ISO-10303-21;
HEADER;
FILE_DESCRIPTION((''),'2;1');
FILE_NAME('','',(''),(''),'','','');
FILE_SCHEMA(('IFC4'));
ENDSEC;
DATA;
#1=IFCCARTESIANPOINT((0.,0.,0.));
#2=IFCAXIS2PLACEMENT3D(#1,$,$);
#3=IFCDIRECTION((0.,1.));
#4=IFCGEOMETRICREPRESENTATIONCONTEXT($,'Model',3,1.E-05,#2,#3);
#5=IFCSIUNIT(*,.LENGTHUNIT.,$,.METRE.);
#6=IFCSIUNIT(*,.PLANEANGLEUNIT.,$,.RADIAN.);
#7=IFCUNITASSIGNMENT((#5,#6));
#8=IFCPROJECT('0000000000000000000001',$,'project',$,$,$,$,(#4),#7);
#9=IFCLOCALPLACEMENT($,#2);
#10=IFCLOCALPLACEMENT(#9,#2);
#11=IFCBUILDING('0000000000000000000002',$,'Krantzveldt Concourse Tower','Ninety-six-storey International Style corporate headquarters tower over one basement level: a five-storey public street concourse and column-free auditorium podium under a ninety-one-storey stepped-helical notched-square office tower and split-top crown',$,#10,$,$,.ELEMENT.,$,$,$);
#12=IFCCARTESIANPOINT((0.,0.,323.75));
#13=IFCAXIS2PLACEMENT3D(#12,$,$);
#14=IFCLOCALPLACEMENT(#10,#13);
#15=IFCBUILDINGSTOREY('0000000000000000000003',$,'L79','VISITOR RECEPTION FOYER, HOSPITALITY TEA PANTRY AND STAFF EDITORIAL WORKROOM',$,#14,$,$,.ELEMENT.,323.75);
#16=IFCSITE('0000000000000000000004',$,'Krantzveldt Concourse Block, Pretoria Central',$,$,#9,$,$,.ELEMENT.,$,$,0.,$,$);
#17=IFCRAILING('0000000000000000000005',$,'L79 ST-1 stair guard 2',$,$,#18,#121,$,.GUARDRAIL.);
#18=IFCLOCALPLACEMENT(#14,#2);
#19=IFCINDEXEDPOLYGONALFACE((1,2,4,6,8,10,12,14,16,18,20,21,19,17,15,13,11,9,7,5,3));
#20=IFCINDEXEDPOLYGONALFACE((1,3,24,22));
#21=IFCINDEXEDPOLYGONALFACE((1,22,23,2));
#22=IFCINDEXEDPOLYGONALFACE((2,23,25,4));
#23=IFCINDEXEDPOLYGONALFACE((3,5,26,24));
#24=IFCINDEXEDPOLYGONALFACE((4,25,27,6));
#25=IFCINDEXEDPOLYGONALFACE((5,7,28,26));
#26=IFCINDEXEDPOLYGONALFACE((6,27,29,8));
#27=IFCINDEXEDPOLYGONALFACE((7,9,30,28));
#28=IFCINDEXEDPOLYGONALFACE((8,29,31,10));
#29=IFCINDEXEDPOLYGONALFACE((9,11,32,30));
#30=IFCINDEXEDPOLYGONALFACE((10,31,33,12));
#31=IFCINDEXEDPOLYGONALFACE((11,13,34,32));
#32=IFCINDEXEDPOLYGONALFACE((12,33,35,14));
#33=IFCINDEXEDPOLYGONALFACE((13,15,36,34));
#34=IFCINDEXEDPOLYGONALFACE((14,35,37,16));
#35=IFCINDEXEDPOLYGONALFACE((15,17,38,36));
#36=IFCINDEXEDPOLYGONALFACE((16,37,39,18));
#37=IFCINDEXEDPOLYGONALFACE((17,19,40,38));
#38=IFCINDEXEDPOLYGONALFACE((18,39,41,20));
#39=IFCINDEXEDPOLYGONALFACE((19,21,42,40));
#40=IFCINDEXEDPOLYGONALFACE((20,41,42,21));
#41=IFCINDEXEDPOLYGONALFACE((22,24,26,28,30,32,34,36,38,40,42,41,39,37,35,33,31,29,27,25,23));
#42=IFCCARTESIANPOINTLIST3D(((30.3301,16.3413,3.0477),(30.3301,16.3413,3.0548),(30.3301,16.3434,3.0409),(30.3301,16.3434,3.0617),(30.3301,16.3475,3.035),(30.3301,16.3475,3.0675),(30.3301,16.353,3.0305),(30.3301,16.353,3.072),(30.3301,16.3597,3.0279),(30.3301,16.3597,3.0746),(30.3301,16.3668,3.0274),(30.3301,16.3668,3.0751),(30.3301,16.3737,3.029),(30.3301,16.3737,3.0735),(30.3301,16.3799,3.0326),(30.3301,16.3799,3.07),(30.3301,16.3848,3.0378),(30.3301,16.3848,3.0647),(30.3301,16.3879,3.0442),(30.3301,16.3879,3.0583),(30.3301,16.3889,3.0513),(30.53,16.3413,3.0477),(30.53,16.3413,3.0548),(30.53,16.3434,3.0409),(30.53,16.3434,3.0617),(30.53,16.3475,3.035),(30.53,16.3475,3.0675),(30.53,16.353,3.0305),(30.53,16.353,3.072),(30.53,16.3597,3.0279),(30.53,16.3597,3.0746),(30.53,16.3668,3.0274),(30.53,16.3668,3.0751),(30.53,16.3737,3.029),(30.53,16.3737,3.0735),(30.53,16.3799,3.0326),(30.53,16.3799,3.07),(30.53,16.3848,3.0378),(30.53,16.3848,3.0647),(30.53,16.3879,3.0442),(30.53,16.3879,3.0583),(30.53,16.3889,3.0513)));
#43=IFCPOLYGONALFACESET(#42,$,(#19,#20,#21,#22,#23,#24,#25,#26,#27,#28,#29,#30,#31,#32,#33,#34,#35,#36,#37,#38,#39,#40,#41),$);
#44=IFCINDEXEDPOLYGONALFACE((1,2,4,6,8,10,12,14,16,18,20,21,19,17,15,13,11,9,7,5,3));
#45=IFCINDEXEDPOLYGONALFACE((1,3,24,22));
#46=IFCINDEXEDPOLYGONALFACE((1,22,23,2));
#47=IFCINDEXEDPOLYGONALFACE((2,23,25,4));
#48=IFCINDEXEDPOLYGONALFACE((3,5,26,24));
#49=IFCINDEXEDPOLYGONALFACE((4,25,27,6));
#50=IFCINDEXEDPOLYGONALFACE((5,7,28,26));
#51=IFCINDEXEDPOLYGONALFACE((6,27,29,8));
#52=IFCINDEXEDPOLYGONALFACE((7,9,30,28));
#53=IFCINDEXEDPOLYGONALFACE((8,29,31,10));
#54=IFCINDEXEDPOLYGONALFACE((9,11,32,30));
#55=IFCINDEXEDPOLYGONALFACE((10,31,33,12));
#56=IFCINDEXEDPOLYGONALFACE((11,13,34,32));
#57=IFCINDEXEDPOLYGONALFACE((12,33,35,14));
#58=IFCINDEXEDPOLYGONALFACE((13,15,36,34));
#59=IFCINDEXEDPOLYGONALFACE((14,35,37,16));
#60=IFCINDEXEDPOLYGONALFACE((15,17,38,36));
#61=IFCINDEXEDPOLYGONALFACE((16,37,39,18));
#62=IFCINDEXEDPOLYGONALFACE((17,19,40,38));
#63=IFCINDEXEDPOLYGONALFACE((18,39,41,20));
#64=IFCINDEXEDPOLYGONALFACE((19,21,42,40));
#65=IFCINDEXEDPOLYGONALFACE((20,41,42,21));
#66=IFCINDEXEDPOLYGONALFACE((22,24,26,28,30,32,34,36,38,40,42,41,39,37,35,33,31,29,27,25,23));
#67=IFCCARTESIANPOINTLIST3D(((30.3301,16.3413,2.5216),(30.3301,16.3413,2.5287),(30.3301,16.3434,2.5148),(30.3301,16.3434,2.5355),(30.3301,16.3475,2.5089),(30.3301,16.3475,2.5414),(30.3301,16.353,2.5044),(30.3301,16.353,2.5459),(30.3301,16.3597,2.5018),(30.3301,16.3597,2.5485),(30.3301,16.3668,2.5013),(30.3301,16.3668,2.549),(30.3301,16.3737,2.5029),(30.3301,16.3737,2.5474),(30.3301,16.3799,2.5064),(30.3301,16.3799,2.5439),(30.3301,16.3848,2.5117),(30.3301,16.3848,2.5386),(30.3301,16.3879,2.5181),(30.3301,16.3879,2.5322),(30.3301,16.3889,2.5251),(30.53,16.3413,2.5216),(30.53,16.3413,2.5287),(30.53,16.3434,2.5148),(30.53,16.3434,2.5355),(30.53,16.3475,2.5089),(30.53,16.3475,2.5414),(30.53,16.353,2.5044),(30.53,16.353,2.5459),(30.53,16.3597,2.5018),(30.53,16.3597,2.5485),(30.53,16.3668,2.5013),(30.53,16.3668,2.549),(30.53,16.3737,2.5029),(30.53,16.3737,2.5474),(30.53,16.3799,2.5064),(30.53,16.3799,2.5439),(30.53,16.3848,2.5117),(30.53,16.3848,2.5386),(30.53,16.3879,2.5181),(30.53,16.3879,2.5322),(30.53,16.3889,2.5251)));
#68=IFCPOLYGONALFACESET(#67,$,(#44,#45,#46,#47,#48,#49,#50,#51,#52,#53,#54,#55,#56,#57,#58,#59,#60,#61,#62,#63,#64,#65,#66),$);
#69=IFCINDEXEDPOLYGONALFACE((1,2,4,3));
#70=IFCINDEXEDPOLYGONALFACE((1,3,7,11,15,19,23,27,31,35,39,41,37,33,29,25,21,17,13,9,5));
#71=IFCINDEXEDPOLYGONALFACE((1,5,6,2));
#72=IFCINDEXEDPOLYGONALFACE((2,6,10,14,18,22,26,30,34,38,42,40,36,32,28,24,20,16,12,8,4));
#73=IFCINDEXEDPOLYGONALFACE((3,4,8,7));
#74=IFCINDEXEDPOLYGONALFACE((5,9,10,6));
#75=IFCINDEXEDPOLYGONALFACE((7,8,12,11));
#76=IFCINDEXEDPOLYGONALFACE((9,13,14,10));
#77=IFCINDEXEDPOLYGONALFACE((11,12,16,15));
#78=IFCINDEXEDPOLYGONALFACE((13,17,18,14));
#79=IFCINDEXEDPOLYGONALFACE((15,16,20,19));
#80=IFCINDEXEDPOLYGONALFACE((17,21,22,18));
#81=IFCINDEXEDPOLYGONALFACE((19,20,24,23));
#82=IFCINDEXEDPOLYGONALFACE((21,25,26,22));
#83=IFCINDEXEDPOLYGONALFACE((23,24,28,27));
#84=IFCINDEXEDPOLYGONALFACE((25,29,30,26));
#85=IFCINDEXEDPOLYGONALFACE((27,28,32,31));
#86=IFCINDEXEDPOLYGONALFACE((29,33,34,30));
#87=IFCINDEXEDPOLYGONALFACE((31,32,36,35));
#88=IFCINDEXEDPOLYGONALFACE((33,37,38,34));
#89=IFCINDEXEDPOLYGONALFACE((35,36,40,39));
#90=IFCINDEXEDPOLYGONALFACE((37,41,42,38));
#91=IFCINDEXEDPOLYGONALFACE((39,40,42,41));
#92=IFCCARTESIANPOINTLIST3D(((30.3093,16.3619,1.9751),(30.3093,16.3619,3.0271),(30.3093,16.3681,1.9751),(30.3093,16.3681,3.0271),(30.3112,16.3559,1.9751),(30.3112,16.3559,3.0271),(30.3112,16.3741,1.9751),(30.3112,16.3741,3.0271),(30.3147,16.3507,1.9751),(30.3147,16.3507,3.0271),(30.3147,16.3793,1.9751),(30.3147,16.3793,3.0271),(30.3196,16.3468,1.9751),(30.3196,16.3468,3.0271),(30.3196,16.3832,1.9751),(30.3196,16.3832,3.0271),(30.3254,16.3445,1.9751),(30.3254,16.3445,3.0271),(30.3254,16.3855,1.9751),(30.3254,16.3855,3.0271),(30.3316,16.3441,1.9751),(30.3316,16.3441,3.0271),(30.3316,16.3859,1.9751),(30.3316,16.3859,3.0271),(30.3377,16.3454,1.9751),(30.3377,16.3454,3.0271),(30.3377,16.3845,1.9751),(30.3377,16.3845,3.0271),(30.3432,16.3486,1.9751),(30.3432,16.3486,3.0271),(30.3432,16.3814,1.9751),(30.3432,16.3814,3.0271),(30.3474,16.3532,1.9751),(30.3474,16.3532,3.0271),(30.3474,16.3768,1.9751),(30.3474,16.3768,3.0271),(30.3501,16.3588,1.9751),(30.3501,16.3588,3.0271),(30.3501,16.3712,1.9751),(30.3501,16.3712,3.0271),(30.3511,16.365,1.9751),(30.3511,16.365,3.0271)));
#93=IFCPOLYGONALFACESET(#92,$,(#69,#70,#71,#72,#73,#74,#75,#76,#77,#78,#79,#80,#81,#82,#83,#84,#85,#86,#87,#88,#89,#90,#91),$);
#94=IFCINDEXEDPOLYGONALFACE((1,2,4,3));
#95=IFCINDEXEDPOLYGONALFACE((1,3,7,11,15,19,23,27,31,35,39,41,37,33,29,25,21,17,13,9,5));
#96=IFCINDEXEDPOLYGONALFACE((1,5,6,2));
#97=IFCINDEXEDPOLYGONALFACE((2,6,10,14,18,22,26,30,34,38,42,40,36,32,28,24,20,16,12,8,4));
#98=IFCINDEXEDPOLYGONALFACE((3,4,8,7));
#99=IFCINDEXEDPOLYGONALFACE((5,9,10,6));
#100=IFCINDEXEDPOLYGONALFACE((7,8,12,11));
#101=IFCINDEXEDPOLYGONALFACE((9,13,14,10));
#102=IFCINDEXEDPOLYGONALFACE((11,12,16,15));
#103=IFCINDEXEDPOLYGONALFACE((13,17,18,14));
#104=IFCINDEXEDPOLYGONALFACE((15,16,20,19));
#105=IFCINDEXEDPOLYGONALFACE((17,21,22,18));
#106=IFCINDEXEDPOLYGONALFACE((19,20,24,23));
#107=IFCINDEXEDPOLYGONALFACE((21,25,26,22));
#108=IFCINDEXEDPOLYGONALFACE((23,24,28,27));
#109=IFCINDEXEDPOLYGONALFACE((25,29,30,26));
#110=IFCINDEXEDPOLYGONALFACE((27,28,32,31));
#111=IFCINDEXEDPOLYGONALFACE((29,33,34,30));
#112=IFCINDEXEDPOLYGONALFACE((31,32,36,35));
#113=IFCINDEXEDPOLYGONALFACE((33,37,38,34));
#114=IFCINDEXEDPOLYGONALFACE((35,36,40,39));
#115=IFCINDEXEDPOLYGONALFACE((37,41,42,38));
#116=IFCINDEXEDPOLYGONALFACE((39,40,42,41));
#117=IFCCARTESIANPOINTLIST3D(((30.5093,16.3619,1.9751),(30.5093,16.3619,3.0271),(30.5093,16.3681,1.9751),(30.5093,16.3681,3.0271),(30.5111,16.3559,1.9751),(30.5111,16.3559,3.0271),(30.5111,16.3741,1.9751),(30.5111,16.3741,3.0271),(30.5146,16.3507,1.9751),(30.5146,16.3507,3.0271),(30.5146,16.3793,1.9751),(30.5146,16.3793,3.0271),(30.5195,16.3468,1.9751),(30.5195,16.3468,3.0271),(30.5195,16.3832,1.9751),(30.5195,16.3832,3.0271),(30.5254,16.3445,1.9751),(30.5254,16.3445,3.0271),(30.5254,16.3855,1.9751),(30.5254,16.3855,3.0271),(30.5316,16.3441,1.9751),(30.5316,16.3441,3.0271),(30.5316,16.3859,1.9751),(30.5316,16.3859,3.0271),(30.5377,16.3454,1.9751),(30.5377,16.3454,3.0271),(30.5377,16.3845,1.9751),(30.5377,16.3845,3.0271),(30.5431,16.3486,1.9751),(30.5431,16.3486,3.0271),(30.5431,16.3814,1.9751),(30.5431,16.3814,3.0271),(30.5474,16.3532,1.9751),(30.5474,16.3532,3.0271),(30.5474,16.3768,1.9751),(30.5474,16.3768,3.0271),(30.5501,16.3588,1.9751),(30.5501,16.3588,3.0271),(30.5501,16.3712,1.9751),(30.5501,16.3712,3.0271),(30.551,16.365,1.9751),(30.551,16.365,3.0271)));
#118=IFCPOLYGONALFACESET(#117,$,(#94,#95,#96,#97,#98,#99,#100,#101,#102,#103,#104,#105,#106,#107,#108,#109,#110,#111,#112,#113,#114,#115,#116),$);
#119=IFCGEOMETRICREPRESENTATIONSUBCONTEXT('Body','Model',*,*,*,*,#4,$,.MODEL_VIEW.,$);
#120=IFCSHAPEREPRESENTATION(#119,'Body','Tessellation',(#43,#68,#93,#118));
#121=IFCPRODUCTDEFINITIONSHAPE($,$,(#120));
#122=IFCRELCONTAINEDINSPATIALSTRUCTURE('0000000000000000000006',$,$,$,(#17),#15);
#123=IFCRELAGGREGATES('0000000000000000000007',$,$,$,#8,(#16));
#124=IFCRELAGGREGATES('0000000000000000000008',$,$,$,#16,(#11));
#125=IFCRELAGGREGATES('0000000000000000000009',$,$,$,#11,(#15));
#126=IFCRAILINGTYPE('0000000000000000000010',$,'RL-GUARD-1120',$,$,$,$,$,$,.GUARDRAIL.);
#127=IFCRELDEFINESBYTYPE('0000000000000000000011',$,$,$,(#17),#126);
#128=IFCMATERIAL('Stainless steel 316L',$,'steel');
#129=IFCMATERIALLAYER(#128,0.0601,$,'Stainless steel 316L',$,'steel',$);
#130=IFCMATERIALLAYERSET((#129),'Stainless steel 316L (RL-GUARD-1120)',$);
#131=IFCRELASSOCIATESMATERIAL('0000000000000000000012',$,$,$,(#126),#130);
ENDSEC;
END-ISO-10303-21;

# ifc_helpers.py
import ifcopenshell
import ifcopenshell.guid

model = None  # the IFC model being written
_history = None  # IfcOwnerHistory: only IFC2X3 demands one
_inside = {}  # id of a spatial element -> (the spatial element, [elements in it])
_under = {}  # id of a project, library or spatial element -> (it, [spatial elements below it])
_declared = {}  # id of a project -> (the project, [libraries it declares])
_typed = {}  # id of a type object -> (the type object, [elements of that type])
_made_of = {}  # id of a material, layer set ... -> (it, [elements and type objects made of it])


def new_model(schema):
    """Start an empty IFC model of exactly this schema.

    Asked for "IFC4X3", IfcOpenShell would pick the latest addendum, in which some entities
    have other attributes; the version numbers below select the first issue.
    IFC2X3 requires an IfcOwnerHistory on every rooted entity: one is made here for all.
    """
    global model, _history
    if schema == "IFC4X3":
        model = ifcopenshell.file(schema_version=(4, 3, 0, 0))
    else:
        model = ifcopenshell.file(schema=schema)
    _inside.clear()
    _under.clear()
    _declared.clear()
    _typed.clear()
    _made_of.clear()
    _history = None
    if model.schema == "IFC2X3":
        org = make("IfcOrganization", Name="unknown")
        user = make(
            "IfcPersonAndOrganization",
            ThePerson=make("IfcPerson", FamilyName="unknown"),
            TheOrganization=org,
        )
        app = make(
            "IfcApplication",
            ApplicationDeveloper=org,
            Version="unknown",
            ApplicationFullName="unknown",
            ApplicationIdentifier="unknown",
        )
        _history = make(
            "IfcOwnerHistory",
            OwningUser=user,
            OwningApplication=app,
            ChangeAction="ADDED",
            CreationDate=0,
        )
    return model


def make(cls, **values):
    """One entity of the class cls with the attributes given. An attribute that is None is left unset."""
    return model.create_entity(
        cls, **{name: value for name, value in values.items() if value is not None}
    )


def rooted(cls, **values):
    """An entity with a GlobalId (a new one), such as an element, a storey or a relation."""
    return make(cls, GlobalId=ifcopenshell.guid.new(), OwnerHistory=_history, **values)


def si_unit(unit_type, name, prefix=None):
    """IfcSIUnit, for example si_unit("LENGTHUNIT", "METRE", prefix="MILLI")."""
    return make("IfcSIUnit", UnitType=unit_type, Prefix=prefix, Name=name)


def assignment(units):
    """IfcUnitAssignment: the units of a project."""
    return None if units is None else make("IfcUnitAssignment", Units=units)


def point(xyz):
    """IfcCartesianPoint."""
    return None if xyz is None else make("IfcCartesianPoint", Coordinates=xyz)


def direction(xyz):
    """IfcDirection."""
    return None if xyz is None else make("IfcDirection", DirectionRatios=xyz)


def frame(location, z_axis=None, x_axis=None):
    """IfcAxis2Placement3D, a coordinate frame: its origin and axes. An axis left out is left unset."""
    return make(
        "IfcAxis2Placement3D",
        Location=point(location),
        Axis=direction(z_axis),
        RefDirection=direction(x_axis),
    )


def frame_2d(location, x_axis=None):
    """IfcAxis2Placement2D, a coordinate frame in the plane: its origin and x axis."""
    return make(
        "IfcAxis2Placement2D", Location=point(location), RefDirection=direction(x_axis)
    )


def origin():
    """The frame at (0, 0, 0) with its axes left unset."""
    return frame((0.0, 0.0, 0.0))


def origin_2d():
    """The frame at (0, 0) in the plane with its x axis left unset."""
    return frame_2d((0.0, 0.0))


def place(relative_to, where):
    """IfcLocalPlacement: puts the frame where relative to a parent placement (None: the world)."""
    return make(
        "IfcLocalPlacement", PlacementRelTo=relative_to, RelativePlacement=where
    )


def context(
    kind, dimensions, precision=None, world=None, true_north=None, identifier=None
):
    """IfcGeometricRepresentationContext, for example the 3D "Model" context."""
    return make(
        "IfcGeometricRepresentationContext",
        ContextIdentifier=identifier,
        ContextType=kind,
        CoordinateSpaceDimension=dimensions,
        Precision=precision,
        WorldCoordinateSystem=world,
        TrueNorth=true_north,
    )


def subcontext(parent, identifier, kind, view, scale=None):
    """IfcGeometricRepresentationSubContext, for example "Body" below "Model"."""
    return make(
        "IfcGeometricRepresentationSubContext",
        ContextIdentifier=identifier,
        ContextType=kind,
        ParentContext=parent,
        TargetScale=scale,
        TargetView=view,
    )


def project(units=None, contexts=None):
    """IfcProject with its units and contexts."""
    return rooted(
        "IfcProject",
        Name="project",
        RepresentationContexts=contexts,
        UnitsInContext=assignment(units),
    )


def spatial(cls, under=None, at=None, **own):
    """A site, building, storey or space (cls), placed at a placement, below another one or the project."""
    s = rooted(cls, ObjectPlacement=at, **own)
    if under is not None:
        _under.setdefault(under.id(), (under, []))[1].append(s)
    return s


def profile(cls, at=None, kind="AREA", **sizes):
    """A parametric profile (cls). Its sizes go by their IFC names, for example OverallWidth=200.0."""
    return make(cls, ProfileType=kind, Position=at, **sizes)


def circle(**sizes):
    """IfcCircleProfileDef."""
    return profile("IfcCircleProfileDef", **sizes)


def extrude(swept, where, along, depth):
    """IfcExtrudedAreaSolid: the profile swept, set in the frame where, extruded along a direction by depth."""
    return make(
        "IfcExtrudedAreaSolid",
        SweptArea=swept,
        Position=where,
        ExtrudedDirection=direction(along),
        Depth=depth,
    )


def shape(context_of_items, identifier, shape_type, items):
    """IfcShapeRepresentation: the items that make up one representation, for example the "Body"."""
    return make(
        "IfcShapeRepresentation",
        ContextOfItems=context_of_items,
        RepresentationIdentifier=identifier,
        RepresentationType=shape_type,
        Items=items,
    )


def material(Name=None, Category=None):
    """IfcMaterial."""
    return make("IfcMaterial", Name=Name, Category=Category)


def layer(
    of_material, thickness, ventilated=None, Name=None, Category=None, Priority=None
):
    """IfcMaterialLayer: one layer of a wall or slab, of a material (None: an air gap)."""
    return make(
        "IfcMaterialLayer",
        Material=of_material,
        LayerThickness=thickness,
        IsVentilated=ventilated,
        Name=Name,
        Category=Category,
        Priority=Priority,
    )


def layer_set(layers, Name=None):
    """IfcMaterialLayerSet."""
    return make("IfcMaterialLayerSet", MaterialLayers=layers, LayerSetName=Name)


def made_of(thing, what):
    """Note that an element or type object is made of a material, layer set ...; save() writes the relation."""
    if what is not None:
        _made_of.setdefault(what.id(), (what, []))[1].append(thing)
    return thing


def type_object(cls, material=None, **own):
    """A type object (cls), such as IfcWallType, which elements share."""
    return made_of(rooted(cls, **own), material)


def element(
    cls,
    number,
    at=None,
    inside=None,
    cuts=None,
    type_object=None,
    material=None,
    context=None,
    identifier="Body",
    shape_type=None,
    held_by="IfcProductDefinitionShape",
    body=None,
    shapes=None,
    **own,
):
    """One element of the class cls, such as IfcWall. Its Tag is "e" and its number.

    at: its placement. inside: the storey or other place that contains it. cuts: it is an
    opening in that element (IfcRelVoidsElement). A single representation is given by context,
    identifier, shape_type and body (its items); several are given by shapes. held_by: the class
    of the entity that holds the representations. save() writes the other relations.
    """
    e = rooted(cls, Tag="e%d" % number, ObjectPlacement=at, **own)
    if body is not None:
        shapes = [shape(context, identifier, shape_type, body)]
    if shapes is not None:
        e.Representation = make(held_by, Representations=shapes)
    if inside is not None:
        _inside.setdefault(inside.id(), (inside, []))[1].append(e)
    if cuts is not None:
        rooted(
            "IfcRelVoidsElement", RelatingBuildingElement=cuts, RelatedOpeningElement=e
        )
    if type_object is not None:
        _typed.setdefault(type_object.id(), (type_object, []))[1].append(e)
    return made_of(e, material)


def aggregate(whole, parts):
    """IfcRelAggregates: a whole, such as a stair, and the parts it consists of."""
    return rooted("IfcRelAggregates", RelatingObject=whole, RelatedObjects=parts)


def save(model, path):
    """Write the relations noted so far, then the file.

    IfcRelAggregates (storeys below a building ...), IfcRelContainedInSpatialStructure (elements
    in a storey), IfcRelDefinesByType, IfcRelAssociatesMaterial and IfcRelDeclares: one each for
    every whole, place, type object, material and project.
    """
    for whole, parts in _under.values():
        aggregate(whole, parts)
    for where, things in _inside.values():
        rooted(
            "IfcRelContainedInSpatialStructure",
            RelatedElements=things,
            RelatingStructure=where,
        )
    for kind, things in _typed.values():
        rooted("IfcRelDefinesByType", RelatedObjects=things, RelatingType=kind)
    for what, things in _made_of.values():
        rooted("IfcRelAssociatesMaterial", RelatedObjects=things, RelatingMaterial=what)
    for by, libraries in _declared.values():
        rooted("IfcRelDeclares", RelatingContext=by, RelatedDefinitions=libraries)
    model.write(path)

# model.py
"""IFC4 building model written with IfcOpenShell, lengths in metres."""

from ifc_helpers import new_model, si_unit, direction, frame, origin, origin_2d, place, context, subcontext, project, spatial, circle, extrude, material, layer, layer_set, type_object, element, save


model = new_model("IFC4")

# Units and contexts
model_context = context("Model", 3, precision=1e-05, world=origin(), true_north=direction((0.0, 1.0)))
body_context = subcontext(model_context, "Body", "Model", "MODEL_VIEW")
ifc_project = project(units=[si_unit("LENGTHUNIT", "METRE"), si_unit("PLANEANGLEUNIT", "RADIAN")], contexts=[model_context])

# Site, building, storey
site_placement = place(None, origin())
site = spatial("IfcSite", under=ifc_project, at=site_placement, Name="Krantzveldt Concourse Block, Pretoria Central", CompositionType="ELEMENT", RefElevation=0.0)
building_placement = place(site_placement, origin())
building = spatial("IfcBuilding", under=site, at=building_placement, Name="Krantzveldt Concourse Tower", Description="Ninety-six-storey International Style corporate headquarters tower over one basement level: a five-storey public street concourse and column-free auditorium podium under a ninety-one-storey stepped-helical notched-square office tower and split-top crown", CompositionType="ELEMENT")
storey_placement = place(building_placement, frame((0.0, 0.0, 323.75)))
storey = spatial("IfcBuildingStorey", under=building, at=storey_placement, Name="L79", Description="VISITOR RECEPTION FOYER, HOSPITALITY TEA PANTRY AND STAFF EDITORIAL WORKROOM", CompositionType="ELEMENT", Elevation=323.75)

# Shared definitions
ifc_material_1 = material(Name="Stainless steel 316L", Category="steel")

# Railing
ifc_layer_1 = layer(ifc_material_1, 0.0601, Name="Stainless steel 316L", Category="steel")
ifc_layer_set_1 = layer_set([ifc_layer_1], Name="Stainless steel 316L (RL-GUARD-1120)")
railing_type_1 = type_object("IfcRailingType", Name="RL-GUARD-1120", PredefinedType="GUARDRAIL", material=ifc_layer_set_1)
railing_1_placement = place(storey_placement, frame((30.3301, 16.365, 1.9751)))
element("IfcRailing", 1, at=railing_1_placement, inside=storey, type_object=railing_type_1, Name="L79 ST-1 stair guard 2", PredefinedType="GUARDRAIL", context=body_context, shape_type="SweptSolid", body=[
    extrude(circle(Radius=0.0239, at=origin_2d()), frame((0.0, 0.0, 1.0762), z_axis=(1.0, 0.0, 0.0), x_axis=(0.0, 1.0, 0.0)), (0.0, 0.0, 1.0), 0.2),
    extrude(circle(Radius=0.0239, at=origin_2d()), frame((0.0, 0.0, 0.55), z_axis=(1.0, 0.0, 0.0), x_axis=(0.0, 1.0, 0.0)), (0.0, 0.0, 1.0), 0.2),
    extrude(circle(Radius=0.021, at=origin_2d()), origin(), (0.0, 0.0, 1.0), 1.052),
    extrude(circle(Radius=0.021, at=origin_2d()), frame((0.2, 0.0, 0.0)), (0.0, 0.0, 1.0), 1.052),
])

save(model, "model.ifc")
